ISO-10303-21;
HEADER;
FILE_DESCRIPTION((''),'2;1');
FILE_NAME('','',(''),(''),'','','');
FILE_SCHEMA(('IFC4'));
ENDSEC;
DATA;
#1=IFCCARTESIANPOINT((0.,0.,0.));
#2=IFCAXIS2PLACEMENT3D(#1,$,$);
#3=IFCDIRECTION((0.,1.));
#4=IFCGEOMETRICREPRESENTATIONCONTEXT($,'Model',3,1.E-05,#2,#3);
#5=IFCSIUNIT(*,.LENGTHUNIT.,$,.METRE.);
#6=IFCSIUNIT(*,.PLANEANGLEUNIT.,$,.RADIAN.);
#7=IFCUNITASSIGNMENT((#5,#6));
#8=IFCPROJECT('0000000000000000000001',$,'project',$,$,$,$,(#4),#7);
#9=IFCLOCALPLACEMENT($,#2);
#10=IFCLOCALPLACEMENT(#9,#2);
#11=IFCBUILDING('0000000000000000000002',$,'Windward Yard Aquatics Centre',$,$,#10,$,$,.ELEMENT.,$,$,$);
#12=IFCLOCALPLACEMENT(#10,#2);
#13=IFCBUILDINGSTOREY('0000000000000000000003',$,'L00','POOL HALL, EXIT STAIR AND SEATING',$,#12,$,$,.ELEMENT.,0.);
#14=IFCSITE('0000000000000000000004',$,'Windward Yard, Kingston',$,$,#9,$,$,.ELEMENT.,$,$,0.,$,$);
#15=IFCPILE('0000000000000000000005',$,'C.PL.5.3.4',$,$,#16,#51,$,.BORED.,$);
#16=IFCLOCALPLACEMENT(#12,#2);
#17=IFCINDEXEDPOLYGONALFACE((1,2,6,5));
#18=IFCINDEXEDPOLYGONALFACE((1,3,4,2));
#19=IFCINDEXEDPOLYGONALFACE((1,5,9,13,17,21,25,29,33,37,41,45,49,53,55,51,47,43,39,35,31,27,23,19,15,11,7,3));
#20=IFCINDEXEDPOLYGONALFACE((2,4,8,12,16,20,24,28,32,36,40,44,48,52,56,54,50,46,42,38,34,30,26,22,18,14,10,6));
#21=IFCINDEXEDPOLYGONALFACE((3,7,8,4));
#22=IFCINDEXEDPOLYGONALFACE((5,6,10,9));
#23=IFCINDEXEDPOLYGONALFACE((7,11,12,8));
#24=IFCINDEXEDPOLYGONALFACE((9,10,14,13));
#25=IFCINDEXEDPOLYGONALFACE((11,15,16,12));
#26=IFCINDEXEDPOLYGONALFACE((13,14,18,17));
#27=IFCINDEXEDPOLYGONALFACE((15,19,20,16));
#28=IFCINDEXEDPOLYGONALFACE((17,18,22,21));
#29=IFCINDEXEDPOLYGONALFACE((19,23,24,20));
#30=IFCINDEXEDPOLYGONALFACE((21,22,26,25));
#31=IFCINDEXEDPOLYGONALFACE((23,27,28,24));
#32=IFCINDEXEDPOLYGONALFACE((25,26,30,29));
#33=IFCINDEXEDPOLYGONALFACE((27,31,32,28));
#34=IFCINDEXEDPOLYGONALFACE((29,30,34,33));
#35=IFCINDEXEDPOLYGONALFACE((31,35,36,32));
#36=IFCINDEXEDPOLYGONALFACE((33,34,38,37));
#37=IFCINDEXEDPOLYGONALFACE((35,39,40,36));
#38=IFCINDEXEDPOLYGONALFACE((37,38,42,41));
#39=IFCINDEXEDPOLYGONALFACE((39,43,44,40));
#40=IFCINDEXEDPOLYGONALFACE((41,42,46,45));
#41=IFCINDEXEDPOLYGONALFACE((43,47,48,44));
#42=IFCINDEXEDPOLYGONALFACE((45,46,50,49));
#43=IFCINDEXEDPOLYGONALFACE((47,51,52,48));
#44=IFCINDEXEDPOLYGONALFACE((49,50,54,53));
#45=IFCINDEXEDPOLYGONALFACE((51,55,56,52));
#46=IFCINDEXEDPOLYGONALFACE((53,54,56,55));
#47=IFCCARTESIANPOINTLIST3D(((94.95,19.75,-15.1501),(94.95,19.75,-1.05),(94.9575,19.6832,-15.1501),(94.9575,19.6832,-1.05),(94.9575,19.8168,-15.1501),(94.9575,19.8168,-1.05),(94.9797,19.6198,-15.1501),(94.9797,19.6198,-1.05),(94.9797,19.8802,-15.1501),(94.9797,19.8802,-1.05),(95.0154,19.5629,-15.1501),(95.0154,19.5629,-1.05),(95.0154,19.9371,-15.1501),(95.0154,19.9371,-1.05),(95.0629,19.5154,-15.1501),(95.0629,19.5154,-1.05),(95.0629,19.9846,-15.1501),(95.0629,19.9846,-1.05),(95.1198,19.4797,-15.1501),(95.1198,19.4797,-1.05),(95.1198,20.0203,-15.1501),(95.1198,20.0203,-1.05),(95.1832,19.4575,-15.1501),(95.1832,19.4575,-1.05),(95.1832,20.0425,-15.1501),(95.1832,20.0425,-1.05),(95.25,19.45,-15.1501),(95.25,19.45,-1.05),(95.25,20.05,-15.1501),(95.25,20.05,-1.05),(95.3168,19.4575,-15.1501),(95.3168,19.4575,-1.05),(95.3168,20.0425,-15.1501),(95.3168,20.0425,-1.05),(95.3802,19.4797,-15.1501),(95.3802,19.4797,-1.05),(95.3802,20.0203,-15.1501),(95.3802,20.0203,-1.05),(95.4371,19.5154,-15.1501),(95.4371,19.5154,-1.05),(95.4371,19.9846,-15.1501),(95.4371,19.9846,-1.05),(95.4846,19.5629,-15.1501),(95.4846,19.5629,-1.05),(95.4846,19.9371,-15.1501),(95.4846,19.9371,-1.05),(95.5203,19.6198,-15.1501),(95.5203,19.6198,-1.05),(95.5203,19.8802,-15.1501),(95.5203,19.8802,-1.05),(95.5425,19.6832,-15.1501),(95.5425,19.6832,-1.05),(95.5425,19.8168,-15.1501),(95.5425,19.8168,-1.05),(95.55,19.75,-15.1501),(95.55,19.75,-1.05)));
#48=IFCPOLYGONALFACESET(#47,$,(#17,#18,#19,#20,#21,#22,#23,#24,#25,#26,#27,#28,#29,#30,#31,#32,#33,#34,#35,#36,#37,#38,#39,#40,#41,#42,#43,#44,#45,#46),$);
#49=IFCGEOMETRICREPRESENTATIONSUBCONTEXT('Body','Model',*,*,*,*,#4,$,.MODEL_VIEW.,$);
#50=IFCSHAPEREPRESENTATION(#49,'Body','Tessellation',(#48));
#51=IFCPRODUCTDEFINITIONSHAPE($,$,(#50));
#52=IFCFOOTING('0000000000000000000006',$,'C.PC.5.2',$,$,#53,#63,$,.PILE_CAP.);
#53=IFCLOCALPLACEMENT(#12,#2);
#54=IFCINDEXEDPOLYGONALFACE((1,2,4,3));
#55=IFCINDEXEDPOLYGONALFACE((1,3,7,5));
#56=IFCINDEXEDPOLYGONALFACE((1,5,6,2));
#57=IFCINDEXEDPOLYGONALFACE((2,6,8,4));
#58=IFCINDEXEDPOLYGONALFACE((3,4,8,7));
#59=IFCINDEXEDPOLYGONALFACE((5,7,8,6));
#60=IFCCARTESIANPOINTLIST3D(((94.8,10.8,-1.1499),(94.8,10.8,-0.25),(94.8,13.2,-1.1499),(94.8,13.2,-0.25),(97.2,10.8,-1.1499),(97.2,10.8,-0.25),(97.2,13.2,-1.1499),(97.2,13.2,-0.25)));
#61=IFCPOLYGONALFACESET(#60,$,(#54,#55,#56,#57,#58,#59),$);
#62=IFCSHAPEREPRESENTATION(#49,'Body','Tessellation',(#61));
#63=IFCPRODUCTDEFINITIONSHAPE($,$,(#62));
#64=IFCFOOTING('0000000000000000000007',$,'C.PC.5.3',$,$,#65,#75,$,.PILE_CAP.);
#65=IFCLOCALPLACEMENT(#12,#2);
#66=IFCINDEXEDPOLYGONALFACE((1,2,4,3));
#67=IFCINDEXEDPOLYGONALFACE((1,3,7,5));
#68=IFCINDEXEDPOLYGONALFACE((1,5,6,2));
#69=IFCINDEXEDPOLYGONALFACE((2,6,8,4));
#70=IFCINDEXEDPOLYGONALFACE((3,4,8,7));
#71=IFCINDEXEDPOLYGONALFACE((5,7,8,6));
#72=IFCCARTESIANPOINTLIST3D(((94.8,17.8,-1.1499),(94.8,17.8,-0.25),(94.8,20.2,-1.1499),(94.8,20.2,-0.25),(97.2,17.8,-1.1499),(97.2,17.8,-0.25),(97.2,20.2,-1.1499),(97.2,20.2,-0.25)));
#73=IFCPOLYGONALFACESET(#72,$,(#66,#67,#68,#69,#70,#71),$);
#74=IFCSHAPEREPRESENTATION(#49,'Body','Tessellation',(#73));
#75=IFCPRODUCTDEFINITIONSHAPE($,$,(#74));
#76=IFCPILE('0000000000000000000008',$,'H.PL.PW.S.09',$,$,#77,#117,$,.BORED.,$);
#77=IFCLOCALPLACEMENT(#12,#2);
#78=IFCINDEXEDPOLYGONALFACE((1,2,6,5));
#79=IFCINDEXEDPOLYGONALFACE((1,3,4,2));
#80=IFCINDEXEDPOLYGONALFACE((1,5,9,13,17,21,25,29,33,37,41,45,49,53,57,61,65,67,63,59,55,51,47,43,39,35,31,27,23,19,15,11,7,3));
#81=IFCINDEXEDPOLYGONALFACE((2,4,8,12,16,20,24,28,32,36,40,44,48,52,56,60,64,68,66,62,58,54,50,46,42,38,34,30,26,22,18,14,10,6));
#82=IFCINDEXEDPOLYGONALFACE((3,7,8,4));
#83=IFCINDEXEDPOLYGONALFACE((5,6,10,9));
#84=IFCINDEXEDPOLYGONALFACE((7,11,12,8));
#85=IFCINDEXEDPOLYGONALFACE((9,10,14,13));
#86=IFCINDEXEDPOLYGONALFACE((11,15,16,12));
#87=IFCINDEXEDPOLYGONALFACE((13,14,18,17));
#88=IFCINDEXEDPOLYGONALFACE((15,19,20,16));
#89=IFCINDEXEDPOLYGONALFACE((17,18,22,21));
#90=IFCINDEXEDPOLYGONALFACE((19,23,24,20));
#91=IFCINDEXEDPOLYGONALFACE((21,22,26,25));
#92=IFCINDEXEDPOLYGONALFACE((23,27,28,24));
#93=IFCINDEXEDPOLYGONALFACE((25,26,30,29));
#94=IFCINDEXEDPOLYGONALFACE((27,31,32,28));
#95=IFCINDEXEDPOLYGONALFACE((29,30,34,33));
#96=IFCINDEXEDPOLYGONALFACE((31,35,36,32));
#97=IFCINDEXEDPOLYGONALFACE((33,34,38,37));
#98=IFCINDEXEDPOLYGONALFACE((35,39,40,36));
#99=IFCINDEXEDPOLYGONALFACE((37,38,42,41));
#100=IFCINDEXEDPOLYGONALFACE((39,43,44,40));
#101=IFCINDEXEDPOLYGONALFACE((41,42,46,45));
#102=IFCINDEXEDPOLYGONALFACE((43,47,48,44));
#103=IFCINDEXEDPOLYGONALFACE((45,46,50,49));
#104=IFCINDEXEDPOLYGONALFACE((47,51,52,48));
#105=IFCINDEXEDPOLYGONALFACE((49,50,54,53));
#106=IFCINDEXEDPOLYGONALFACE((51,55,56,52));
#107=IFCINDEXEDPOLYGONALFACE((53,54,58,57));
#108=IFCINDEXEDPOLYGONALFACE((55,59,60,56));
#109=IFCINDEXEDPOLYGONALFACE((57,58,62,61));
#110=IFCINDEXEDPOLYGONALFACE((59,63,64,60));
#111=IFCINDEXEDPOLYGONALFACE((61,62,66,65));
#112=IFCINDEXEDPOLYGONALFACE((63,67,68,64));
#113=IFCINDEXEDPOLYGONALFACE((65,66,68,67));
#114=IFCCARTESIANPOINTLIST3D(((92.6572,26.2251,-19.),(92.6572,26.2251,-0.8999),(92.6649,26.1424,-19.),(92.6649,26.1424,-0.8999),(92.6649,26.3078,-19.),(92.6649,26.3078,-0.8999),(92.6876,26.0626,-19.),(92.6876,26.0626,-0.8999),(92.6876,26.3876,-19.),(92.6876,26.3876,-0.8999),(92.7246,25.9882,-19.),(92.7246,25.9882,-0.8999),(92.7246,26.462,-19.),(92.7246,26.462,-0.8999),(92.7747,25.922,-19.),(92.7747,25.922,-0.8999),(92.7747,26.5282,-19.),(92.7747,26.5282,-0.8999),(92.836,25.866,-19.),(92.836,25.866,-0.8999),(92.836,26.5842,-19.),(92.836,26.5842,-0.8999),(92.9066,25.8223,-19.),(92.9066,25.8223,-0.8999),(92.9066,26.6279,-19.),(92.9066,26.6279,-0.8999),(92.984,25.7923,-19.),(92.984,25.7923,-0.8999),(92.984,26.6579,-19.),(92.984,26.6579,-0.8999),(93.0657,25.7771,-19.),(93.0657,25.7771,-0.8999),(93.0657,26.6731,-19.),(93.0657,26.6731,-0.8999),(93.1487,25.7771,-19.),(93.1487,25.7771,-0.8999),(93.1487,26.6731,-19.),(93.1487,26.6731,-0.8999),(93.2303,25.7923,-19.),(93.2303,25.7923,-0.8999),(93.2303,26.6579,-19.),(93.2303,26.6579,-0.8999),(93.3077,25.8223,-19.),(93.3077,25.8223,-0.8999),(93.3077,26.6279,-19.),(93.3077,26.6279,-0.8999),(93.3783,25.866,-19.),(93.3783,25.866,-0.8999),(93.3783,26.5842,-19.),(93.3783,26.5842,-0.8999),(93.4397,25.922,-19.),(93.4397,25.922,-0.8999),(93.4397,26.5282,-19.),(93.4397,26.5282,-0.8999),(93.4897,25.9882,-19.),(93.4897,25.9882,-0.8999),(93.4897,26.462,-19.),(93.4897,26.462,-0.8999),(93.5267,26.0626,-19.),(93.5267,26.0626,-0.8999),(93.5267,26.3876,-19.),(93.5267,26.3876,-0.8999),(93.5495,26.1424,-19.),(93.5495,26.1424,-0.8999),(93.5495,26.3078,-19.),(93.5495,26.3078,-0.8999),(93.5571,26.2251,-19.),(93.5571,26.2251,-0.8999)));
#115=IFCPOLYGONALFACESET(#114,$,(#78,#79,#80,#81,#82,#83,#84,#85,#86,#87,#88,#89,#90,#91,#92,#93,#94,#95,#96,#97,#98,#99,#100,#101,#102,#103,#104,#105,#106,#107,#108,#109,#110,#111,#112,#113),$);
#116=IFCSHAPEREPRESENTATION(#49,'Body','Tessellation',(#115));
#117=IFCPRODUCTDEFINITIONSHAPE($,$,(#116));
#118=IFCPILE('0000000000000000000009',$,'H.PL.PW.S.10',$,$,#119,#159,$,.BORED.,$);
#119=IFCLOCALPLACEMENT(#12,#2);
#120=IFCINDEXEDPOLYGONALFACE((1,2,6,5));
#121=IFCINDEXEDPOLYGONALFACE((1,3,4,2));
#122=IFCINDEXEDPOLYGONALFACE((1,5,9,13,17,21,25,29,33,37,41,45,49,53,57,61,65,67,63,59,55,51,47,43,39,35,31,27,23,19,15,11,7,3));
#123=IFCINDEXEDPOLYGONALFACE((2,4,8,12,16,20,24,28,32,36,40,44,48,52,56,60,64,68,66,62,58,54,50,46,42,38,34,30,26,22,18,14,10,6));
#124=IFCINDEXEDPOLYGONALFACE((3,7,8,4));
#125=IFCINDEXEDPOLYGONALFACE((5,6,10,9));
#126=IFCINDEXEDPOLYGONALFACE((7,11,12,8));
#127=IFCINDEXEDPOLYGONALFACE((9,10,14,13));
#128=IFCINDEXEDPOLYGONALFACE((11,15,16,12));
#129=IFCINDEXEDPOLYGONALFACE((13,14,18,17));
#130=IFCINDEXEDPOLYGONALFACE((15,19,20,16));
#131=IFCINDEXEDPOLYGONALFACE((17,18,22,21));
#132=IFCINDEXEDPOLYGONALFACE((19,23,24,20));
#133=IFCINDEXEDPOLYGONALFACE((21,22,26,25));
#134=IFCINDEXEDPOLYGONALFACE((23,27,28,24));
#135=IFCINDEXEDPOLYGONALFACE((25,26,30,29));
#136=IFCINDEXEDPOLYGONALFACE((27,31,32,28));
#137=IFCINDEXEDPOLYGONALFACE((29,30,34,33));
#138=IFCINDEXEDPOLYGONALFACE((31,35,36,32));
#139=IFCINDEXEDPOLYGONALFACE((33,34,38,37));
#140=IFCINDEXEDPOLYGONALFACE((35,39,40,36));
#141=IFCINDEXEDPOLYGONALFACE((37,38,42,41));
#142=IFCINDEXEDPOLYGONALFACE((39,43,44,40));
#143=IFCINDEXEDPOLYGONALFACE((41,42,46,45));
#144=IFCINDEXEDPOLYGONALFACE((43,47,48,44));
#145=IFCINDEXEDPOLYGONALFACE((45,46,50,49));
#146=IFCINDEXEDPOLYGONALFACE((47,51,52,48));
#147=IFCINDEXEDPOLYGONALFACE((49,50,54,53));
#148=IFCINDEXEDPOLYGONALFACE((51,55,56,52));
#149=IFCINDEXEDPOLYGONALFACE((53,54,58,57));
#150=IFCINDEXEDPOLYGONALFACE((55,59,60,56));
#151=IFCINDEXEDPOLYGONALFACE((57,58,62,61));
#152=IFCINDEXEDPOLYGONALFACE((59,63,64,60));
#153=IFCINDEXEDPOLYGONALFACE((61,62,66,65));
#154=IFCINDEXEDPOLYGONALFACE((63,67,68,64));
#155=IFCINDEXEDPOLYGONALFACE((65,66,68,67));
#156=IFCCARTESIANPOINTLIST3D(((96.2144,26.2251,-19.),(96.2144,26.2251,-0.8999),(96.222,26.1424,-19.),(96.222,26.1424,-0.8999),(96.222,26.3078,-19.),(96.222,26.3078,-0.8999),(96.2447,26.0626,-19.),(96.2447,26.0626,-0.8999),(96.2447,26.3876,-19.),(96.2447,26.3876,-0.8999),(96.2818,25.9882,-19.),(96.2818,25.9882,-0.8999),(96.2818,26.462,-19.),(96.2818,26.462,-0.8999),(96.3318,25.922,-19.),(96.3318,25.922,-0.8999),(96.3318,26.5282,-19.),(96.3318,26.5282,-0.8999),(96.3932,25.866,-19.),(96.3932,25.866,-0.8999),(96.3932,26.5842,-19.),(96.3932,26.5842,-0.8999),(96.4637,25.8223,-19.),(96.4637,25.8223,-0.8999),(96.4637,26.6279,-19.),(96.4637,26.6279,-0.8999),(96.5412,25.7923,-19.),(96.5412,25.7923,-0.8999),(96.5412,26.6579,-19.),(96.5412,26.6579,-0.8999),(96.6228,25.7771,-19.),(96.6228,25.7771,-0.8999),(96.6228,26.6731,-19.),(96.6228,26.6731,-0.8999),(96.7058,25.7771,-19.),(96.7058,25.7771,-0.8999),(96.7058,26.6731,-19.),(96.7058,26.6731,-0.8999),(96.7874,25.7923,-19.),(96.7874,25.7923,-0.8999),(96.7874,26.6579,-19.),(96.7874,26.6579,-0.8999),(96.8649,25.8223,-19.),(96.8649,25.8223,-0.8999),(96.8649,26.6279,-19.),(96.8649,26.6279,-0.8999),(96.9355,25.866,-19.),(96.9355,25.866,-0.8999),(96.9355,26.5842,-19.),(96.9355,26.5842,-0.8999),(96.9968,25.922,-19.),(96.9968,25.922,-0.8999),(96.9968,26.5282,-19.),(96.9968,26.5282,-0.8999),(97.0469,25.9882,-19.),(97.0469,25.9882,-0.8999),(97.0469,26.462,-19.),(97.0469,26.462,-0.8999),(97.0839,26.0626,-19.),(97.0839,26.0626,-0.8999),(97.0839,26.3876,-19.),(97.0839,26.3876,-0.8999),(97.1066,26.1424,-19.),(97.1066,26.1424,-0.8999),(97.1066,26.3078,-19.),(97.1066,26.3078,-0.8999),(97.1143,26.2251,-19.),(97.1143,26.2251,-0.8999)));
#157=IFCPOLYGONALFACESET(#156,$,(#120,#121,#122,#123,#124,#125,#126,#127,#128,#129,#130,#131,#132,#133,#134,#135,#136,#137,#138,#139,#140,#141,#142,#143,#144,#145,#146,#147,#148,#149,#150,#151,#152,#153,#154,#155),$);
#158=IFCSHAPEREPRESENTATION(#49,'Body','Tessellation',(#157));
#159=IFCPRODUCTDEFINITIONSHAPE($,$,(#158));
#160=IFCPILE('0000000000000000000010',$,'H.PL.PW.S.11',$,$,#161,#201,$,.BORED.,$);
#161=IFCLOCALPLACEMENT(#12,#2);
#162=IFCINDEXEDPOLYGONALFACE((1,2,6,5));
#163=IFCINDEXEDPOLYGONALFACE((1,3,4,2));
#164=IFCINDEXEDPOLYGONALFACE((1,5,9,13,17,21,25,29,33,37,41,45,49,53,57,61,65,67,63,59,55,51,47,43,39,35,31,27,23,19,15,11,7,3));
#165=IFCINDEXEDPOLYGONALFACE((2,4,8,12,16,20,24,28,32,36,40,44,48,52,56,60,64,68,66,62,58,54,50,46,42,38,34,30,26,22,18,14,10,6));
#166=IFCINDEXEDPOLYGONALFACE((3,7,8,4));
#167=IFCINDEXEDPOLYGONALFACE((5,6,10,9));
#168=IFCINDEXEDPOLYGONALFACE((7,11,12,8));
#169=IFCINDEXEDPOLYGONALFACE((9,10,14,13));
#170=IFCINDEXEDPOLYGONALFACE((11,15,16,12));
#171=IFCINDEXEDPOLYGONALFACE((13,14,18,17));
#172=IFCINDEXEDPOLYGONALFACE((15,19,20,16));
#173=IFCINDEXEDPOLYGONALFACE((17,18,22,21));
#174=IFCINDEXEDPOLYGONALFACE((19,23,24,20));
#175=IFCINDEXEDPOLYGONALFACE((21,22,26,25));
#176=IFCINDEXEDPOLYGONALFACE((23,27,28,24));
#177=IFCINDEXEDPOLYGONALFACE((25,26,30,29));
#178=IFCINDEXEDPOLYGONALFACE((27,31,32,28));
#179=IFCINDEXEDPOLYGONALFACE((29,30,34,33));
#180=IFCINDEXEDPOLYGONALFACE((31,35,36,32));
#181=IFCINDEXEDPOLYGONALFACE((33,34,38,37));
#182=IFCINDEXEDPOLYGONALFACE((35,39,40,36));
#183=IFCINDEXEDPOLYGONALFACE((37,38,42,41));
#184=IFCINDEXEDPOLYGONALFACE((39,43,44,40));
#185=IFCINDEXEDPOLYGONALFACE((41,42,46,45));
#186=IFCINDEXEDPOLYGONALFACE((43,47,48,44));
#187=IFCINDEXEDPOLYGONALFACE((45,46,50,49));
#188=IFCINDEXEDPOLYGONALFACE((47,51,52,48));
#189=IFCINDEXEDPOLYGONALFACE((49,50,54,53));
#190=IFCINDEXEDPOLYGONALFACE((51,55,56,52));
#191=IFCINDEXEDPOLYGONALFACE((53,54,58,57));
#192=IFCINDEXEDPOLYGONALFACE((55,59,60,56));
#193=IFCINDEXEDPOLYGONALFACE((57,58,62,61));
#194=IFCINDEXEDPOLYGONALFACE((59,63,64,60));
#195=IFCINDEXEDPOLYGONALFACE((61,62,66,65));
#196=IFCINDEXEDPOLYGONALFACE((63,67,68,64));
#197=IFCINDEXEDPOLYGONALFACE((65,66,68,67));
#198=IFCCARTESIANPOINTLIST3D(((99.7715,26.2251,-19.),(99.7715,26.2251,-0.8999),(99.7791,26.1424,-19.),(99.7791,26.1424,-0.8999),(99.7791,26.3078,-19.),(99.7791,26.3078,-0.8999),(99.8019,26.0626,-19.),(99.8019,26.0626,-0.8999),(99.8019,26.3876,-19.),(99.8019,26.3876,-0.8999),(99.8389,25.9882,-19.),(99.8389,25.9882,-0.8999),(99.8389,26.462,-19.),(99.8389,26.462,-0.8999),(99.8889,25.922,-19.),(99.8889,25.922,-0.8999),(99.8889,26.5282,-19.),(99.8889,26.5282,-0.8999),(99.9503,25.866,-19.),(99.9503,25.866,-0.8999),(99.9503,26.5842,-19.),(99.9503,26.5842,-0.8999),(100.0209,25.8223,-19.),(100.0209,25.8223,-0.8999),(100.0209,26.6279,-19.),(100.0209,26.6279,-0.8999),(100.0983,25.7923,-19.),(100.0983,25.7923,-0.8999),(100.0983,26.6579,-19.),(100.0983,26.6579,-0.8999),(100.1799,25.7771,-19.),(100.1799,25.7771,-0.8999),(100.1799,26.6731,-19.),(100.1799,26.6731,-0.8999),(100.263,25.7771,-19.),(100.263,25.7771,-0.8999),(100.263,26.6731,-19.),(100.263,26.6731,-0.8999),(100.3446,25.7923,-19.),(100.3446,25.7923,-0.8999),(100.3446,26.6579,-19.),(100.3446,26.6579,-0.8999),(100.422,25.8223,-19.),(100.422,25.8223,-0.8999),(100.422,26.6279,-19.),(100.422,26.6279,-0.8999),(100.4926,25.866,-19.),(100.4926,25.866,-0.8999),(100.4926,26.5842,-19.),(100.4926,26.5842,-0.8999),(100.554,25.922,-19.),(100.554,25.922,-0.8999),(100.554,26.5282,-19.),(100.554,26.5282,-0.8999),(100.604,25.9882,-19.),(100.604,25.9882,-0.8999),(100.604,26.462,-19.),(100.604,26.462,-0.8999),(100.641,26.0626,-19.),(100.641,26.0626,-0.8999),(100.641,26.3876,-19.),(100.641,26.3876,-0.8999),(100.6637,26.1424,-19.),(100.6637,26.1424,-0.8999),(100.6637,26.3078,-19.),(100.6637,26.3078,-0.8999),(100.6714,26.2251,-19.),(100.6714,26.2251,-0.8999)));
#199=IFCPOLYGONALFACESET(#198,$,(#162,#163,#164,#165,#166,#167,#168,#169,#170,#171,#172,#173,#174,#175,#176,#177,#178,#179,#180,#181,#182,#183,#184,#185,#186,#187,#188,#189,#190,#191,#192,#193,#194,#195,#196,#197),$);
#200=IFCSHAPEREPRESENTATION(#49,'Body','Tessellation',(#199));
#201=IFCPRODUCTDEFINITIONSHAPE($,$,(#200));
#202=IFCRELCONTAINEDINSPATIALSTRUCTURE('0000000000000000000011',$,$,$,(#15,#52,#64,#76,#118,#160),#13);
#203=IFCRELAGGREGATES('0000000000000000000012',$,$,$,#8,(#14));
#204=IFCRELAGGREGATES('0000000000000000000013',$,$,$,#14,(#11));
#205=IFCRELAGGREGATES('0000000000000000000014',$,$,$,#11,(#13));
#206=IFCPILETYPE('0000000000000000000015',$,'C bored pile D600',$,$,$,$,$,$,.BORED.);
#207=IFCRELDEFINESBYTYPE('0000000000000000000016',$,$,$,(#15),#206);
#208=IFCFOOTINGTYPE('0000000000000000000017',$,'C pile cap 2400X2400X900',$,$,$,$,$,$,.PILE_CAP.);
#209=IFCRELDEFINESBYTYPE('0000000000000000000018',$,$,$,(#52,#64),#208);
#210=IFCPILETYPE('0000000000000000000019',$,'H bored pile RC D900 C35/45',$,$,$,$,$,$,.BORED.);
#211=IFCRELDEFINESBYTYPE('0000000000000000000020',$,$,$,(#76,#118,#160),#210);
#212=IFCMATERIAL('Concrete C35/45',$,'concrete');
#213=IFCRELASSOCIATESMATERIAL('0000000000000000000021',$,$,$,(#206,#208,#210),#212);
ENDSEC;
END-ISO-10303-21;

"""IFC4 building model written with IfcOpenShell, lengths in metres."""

from ifc_helpers import new_model, si_unit, direction, frame, origin, origin_2d, place, context, subcontext, project, spatial, rectangle, circle, extrude, material, material_profile, profile_set, type_object, element, save


model = new_model("IFC4")

# Units and contexts
model_context = context("Model", 3, precision=1e-05, world=origin(), true_north=direction((0.0, 1.0)))
body_context = subcontext(model_context, "Body", "Model", "MODEL_VIEW")
ifc_project = project(units=[si_unit("LENGTHUNIT", "METRE"), si_unit("PLANEANGLEUNIT", "RADIAN")], contexts=[model_context])

# Site, building, storey
site_placement = place(None, origin())
site = spatial("IfcSite", under=ifc_project, at=site_placement, Name="Windward Yard, Kingston", CompositionType="ELEMENT", RefElevation=0.0)
building_placement = place(site_placement, origin())
building = spatial("IfcBuilding", under=site, at=building_placement, Name="Windward Yard Aquatics Centre", CompositionType="ELEMENT")
storey_placement = place(building_placement, origin())
storey = spatial("IfcBuildingStorey", under=building, at=storey_placement, Name="L00", Description="POOL HALL, EXIT STAIR AND SEATING", CompositionType="ELEMENT", Elevation=0.0)

# Pile
ifc_material_1 = material(Name="Concrete C35/45", Category="concrete")
ifc_material_profile_1 = material_profile(ifc_material_1, circle(Radius=0.3, at=origin_2d()), Name="RC D600")
ifc_profile_set_1 = profile_set([ifc_material_profile_1], Name="Concrete C35/45")
pile_type_1 = type_object("IfcPileType", Name="C bored pile D600", PredefinedType="BORED", material=ifc_profile_set_1)
for number, where, z_axis, x_axis, name in (
    (1, (95.25, 19.75, -1.05), (0.0, 0.0, -1.0), (1.0, 0.0, 0.0), "C.PL.5.3.4"),
):
    element("IfcPile", number, at=place(storey_placement, frame(where, z_axis=z_axis, x_axis=x_axis)), inside=storey, type_object=pile_type_1, Name=name, PredefinedType="BORED", context=body_context, shape_type="SweptSolid", body=[
        extrude(circle(Radius=0.3, at=origin_2d()), origin(), (0.0, 0.0, 1.0), 14.1001),
    ])

# Footings
footing_type_1 = type_object("IfcFootingType", Name="C pile cap 2400X2400X900", PredefinedType="PILE_CAP", material=ifc_material_1)
for number, where, z_axis, x_axis, name in (
    (2, (96.0, 12.0, -1.1499), (0.0, 0.0, 1.0), (1.0, 0.0, 0.0), "C.PC.5.2"),
    (3, (96.0, 19.0, -1.1499), (0.0, 0.0, 1.0), (1.0, 0.0, 0.0), "C.PC.5.3"),
):
    element("IfcFooting", number, at=place(storey_placement, frame(where, z_axis=z_axis, x_axis=x_axis)), inside=storey, type_object=footing_type_1, Name=name, PredefinedType="PILE_CAP", context=body_context, shape_type="SweptSolid", body=[
        extrude(rectangle(XDim=2.3999, YDim=2.3999, at=origin_2d()), origin(), (0.0, 0.0, 1.0), 0.8999),
    ])

# Piles
ifc_material_profile_2 = material_profile(ifc_material_1, circle(Radius=0.45, at=origin_2d()), Name="RC D900")
ifc_profile_set_2 = profile_set([ifc_material_profile_2], Name="Concrete C35/45")
pile_type_2 = type_object("IfcPileType", Name="H bored pile RC D900 C35/45", PredefinedType="BORED", material=ifc_profile_set_2)
for number, where, z_axis, x_axis, name in (
    (4, (93.1072, 26.2251, -0.8999), (0.0, 0.0, -1.0), (1.0, 0.0, 0.0), "H.PL.PW.S.09"),
    (5, (96.6643, 26.2251, -0.8999), (0.0, 0.0, -1.0), (1.0, 0.0, 0.0), "H.PL.PW.S.10"),
    (6, (100.2214, 26.2251, -0.8999), (0.0, 0.0, -1.0), (1.0, 0.0, 0.0), "H.PL.PW.S.11"),
):
    element("IfcPile", number, at=place(storey_placement, frame(where, z_axis=z_axis, x_axis=x_axis)), inside=storey, type_object=pile_type_2, Name=name, PredefinedType="BORED", context=body_context, shape_type="SweptSolid", body=[
        extrude(circle(Radius=0.45, at=origin_2d()), origin(), (0.0, 0.0, 1.0), 18.1001),
    ])

save(model, "model.ifc")
